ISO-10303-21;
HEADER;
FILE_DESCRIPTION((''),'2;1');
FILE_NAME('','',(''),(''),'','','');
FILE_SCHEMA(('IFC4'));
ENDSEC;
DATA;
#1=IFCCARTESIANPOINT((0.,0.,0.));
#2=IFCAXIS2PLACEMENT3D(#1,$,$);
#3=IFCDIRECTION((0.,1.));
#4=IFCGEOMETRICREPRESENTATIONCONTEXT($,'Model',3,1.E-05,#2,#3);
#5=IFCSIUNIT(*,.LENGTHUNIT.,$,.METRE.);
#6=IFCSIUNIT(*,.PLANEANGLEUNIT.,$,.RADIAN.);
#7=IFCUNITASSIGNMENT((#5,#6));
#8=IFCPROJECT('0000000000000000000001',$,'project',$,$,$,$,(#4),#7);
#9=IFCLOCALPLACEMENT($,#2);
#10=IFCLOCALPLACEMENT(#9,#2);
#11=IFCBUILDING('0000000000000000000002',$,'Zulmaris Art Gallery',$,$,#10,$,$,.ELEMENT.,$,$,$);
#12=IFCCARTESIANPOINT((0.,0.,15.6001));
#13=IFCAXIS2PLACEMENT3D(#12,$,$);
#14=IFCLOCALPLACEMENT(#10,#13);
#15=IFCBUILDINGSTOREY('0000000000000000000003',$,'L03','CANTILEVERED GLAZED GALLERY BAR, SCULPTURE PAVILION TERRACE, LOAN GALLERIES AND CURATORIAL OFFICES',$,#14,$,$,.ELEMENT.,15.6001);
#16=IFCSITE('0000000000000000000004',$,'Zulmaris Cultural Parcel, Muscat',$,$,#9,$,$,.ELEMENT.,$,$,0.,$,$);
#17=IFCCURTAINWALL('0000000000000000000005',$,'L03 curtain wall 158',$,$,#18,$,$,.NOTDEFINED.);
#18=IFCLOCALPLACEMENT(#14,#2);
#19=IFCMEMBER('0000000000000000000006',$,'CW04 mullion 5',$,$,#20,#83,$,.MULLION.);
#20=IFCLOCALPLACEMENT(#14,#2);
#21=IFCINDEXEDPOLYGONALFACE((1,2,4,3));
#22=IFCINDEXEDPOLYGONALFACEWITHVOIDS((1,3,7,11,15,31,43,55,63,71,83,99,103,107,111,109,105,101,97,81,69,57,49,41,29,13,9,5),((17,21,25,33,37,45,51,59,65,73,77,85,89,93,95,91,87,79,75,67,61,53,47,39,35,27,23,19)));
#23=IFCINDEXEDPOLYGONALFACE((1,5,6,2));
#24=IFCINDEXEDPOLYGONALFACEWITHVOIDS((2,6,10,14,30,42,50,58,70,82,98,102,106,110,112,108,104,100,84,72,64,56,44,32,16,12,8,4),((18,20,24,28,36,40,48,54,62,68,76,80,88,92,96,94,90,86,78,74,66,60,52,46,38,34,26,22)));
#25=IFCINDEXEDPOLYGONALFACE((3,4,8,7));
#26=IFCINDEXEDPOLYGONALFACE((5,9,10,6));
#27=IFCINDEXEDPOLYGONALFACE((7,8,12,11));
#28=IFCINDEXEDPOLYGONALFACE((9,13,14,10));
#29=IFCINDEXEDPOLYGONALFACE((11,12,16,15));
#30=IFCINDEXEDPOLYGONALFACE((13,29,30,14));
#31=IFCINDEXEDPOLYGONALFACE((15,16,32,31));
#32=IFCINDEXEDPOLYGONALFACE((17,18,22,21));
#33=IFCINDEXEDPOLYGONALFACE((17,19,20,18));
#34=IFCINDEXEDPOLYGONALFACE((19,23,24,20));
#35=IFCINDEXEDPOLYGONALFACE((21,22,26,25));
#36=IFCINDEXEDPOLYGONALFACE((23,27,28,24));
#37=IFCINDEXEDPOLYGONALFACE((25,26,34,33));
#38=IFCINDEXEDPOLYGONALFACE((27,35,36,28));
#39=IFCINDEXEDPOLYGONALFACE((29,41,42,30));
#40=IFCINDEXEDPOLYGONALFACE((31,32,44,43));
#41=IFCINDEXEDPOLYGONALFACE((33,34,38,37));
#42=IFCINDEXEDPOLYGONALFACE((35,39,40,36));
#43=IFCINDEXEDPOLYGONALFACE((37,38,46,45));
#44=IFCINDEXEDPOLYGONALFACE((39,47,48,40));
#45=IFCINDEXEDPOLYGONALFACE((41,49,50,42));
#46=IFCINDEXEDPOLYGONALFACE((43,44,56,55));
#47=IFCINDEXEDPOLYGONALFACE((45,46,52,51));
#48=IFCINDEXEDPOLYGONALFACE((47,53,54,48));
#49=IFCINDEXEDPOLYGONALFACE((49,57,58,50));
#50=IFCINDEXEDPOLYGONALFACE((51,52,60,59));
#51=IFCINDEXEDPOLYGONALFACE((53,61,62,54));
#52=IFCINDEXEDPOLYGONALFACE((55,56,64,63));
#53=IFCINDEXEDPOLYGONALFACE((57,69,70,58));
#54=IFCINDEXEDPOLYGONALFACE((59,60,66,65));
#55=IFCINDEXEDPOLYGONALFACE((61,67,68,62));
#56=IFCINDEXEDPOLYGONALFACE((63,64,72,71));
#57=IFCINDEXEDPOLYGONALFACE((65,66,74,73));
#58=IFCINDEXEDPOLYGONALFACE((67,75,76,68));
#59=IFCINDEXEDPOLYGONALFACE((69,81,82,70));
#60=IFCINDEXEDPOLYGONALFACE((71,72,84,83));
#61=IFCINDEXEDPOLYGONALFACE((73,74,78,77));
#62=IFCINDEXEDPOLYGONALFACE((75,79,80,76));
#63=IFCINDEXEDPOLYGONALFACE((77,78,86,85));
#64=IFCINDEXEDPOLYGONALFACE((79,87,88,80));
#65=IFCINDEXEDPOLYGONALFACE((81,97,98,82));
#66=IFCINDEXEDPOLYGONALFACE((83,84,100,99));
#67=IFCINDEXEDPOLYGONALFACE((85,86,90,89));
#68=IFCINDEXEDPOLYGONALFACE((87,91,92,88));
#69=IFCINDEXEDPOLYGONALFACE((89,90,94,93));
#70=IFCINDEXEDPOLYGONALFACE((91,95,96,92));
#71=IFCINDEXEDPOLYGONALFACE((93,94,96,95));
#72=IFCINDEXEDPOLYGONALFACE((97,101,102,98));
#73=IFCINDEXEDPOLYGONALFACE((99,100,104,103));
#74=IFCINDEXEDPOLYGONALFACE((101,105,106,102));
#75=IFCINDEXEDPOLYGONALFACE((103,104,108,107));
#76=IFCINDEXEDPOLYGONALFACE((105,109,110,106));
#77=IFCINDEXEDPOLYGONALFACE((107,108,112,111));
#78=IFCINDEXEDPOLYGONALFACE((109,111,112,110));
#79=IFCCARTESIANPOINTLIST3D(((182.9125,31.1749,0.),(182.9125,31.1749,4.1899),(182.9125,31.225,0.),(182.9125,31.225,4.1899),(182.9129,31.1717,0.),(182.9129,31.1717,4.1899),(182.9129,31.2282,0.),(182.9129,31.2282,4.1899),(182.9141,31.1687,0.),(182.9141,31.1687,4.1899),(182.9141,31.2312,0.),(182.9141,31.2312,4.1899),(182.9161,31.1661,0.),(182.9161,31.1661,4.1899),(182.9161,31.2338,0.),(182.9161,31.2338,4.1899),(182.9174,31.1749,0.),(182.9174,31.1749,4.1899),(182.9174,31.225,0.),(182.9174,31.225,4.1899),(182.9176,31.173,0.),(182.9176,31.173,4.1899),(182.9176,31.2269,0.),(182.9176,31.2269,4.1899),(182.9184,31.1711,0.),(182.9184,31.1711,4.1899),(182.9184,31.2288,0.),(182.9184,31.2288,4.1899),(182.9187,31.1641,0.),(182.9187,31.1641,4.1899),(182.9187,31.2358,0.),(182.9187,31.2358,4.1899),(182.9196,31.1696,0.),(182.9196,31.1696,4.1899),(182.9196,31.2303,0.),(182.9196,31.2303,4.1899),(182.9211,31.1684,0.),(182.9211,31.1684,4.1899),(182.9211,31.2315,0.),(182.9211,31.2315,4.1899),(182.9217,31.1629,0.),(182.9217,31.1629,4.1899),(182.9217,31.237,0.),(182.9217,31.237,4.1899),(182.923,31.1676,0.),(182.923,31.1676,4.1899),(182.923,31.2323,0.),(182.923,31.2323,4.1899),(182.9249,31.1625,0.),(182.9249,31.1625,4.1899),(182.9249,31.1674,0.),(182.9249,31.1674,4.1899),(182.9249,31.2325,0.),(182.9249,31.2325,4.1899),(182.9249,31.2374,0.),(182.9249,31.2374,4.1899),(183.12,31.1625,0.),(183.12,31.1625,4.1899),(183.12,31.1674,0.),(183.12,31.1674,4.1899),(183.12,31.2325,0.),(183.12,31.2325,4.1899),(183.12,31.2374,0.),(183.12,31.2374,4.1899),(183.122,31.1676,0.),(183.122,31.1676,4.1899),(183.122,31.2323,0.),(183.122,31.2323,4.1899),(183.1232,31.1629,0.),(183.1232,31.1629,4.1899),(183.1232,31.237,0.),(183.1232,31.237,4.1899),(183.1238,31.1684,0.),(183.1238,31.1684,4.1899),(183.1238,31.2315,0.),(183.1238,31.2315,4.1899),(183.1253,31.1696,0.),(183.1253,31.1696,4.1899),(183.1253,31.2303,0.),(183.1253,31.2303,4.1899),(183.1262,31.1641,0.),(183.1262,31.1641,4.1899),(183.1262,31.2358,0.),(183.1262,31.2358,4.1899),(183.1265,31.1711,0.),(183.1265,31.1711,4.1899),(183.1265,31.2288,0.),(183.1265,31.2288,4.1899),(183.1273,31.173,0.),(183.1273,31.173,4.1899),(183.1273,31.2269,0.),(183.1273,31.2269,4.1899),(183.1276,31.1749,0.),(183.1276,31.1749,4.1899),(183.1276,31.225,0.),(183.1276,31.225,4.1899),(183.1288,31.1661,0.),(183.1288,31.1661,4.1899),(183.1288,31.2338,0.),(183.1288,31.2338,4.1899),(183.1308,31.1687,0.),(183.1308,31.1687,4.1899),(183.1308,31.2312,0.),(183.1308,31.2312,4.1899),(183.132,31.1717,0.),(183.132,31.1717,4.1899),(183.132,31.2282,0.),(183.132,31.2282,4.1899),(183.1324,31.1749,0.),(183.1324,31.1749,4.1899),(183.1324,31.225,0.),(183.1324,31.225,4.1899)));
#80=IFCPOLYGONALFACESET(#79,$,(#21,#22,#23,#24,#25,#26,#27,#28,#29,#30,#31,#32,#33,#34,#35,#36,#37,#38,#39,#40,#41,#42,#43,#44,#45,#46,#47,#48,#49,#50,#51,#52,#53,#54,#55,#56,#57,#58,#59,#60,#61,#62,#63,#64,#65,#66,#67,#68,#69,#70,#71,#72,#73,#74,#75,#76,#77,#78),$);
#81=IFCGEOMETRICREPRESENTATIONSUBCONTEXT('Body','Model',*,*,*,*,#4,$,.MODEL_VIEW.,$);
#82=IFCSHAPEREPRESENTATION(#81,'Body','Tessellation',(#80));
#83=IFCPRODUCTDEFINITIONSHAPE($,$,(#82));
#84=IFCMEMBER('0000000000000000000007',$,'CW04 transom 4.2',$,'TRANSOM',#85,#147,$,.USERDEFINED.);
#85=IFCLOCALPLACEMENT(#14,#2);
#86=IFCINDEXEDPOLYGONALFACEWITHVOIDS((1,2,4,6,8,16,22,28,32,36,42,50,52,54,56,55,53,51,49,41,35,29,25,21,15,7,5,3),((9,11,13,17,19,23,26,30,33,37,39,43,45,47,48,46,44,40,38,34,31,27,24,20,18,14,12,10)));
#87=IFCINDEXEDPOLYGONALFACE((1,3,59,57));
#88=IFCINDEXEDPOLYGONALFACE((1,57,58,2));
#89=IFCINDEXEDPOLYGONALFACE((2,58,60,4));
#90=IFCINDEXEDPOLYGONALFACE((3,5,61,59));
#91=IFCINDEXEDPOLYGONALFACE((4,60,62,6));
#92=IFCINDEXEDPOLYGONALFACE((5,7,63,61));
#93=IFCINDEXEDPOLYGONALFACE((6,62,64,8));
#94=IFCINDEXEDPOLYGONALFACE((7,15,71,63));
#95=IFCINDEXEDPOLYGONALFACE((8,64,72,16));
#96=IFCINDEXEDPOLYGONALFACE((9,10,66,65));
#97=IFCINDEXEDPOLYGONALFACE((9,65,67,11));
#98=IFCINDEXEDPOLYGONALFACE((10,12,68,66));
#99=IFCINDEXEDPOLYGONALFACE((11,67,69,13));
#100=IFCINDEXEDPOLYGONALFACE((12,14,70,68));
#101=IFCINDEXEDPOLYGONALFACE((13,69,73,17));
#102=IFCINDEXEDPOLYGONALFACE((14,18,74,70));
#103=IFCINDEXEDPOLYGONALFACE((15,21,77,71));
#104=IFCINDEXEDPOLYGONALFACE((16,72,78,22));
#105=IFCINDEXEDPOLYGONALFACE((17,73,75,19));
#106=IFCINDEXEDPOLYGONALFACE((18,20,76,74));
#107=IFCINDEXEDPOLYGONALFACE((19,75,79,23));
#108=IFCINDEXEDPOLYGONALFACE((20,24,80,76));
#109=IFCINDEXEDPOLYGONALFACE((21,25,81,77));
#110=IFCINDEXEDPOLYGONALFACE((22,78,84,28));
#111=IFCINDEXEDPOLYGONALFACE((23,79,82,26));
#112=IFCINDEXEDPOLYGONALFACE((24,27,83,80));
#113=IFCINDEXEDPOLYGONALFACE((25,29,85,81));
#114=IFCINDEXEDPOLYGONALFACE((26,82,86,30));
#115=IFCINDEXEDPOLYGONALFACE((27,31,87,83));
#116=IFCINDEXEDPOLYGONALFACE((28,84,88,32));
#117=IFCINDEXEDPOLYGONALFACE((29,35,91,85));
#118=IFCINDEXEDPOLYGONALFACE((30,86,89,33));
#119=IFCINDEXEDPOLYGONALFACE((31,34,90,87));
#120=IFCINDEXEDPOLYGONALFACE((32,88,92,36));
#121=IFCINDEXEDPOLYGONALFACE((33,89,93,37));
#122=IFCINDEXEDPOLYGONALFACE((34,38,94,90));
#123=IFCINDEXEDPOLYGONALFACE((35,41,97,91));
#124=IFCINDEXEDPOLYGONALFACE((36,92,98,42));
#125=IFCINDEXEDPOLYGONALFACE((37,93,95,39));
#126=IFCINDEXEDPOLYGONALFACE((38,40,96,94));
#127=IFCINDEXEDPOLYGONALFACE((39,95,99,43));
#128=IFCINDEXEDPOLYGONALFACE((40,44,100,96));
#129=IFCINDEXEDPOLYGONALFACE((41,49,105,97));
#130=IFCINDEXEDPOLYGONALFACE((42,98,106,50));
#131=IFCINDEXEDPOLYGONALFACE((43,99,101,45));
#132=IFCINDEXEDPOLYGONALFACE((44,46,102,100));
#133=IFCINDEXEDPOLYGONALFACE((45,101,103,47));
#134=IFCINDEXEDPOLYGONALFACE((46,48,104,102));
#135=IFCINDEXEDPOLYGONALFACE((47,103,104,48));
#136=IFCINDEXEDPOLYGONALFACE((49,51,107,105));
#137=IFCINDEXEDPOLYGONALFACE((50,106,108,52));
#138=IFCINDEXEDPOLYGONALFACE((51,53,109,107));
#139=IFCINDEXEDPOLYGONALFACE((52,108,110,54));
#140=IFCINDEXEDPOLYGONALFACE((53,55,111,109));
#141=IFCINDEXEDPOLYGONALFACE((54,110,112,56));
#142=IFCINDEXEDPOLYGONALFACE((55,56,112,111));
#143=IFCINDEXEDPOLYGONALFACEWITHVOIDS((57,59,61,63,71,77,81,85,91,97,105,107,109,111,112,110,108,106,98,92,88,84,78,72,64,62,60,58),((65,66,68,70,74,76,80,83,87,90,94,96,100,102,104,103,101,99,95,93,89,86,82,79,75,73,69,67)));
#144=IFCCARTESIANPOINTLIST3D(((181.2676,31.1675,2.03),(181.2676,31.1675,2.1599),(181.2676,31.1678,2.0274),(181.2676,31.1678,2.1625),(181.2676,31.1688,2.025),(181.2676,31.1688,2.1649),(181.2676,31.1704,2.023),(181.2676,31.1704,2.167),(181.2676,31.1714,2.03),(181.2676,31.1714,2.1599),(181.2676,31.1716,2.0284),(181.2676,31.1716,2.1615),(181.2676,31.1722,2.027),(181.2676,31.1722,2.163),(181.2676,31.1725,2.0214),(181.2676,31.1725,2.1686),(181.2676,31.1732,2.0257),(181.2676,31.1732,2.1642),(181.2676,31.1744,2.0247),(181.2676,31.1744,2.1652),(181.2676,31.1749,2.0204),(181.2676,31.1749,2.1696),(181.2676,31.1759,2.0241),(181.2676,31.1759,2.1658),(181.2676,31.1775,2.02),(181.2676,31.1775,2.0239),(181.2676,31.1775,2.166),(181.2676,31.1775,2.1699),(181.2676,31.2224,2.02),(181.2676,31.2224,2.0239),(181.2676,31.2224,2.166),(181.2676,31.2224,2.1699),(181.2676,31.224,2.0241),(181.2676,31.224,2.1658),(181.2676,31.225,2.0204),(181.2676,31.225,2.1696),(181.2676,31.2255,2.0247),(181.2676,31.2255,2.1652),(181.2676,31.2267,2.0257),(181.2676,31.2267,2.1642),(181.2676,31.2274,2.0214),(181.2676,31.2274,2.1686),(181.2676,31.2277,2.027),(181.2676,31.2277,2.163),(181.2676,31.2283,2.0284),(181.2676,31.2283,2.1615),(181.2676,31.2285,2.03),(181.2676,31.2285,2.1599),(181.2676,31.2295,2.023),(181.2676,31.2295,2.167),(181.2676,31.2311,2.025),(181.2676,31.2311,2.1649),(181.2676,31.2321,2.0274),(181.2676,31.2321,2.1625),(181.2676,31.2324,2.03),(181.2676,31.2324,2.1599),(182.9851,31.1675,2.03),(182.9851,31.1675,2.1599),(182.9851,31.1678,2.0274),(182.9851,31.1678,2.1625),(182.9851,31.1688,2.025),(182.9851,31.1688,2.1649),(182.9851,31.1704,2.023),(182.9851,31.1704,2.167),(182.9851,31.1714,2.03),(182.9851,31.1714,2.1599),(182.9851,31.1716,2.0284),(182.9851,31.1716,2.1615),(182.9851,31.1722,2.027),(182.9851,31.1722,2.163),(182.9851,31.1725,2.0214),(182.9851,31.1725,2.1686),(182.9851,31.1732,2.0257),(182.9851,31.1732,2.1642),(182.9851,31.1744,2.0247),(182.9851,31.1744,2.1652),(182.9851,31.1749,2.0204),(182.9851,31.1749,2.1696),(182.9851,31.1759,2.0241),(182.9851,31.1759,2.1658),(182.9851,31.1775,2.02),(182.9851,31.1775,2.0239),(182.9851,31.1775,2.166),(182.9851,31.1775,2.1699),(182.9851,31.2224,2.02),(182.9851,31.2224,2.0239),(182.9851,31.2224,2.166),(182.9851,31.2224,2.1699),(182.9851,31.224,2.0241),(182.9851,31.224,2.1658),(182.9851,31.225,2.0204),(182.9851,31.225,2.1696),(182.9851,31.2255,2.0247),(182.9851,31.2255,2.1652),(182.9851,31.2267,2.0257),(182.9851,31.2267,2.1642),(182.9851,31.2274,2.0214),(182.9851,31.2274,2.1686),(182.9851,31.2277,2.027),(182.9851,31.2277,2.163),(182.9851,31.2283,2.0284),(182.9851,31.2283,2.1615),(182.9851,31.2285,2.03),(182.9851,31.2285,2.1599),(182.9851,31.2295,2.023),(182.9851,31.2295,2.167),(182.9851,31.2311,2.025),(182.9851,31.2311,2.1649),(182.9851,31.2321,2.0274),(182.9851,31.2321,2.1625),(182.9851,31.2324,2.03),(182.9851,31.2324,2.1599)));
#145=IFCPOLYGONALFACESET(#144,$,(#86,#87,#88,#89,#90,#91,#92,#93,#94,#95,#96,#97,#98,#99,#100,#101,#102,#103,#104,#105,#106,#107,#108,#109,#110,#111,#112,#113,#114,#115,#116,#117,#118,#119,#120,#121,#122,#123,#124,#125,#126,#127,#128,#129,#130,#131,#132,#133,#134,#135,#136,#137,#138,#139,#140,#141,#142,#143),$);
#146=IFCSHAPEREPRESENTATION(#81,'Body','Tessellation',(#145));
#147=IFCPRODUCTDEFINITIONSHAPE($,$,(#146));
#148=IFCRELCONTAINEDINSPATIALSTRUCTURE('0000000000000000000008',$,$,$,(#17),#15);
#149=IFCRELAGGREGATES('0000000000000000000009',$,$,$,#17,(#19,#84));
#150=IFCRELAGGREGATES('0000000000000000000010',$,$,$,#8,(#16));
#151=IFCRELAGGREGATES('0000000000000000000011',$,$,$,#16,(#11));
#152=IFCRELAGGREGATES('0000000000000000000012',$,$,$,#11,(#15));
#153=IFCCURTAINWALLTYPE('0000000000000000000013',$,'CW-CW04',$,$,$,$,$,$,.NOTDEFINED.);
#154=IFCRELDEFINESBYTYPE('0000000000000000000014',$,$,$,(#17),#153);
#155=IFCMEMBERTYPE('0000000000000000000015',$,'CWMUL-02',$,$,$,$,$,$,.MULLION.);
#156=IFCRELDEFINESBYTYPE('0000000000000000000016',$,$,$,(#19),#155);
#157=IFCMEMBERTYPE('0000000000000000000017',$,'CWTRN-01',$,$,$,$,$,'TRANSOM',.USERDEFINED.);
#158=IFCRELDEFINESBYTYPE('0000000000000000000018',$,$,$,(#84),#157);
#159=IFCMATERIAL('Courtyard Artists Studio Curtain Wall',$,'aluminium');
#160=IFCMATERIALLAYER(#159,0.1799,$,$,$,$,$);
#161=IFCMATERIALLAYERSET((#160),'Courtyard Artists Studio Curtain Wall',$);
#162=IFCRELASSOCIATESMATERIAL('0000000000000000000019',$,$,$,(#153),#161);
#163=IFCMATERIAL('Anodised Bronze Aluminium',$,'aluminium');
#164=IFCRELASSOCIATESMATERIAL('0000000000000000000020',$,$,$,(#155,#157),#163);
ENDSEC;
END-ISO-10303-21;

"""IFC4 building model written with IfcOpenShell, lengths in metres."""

from ifc_helpers import new_model, si_unit, direction, frame, origin, origin_2d, place, context, subcontext, project, spatial, hollow_rectangle, extrude, material, layer, layer_set, material_profile, profile_set, type_object, element, aggregate, save


model = new_model("IFC4")

# Units and contexts
model_context = context("Model", 3, precision=1e-05, world=origin(), true_north=direction((0.0, 1.0)))
body_context = subcontext(model_context, "Body", "Model", "MODEL_VIEW")
ifc_project = project(units=[si_unit("LENGTHUNIT", "METRE"), si_unit("PLANEANGLEUNIT", "RADIAN")], contexts=[model_context])

# Site, building, storey
site_placement = place(None, origin())
site = spatial("IfcSite", under=ifc_project, at=site_placement, Name="Zulmaris Cultural Parcel, Muscat", CompositionType="ELEMENT", RefElevation=0.0)
building_placement = place(site_placement, origin())
building = spatial("IfcBuilding", under=site, at=building_placement, Name="Zulmaris Art Gallery", CompositionType="ELEMENT")
storey_placement = place(building_placement, frame((0.0, 0.0, 15.6001)))
storey = spatial("IfcBuildingStorey", under=building, at=storey_placement, Name="L03", Description="CANTILEVERED GLAZED GALLERY BAR, SCULPTURE PAVILION TERRACE, LOAN GALLERIES AND CURATORIAL OFFICES", CompositionType="ELEMENT", Elevation=15.6001)

# Curtain wall, members
ifc_material_1 = material(Name="Courtyard Artists Studio Curtain Wall", Category="aluminium")
ifc_layer_1 = layer(ifc_material_1, 0.1799)
ifc_layer_set_1 = layer_set([ifc_layer_1], Name="Courtyard Artists Studio Curtain Wall")
curtain_wall_type = type_object("IfcCurtainWallType", Name="CW-CW04", PredefinedType="NOTDEFINED", material=ifc_layer_set_1)
ifc_material_2 = material(Name="Anodised Bronze Aluminium", Category="aluminium")
ifc_material_profile_1 = material_profile(ifc_material_2, hollow_rectangle(XDim=0.075, YDim=0.22, WallThickness=0.0049, InnerFilletRadius=0.0076, OuterFilletRadius=0.0125, at=origin_2d()), Name="ALU 75x220x5")
ifc_profile_set_1 = profile_set([ifc_material_profile_1], Name="Anodised Bronze Aluminium")
member_type_1 = type_object("IfcMemberType", Name="CWMUL-02", PredefinedType="MULLION", material=ifc_profile_set_1)
curtain_wall_1_placement = place(storey_placement, origin())
curtain_wall_1 = element("IfcCurtainWall", 1, at=curtain_wall_1_placement, inside=storey, type_object=curtain_wall_type, Name="L03 curtain wall 158", PredefinedType="NOTDEFINED")
member_1_placement = place(storey_placement, frame((183.0225, 31.2, 0.0), z_axis=(0.0, 0.0, 1.0), x_axis=(0.0, 1.0, 0.0)))
member_1 = element("IfcMember", 2, at=member_1_placement, type_object=member_type_1, Name="CW04 mullion 5", PredefinedType="MULLION", context=body_context, shape_type="SweptSolid", body=[
    extrude(hollow_rectangle(XDim=0.075, YDim=0.22, WallThickness=0.0049, InnerFilletRadius=0.0076, OuterFilletRadius=0.0125, at=origin_2d()), origin(), (0.0, 0.0, 1.0), 4.1899),
])
ifc_material_profile_2 = material_profile(ifc_material_2, hollow_rectangle(XDim=0.0649, YDim=0.1499, WallThickness=0.0039, InnerFilletRadius=0.0061, OuterFilletRadius=0.01, at=origin_2d()), Name="ALU 65x150x4")
ifc_profile_set_2 = profile_set([ifc_material_profile_2], Name="Anodised Bronze Aluminium")
member_type_2 = type_object("IfcMemberType", Name="CWTRN-01", ElementType="TRANSOM", PredefinedType="USERDEFINED", material=ifc_profile_set_2)
member_2_placement = place(storey_placement, frame((181.2676, 31.2, 2.095), z_axis=(1.0, 0.0, 0.0), x_axis=(0.0, 1.0, 0.0)))
member_2 = element("IfcMember", 3, at=member_2_placement, type_object=member_type_2, Name="CW04 transom 4.2", ObjectType="TRANSOM", PredefinedType="USERDEFINED", context=body_context, shape_type="SweptSolid", body=[
    extrude(hollow_rectangle(XDim=0.0649, YDim=0.1499, WallThickness=0.0039, InnerFilletRadius=0.0061, OuterFilletRadius=0.01, at=origin_2d()), origin(), (0.0, 0.0, 1.0), 1.7175),
])

aggregate(curtain_wall_1, [member_1, member_2])

save(model, "model.ifc")
